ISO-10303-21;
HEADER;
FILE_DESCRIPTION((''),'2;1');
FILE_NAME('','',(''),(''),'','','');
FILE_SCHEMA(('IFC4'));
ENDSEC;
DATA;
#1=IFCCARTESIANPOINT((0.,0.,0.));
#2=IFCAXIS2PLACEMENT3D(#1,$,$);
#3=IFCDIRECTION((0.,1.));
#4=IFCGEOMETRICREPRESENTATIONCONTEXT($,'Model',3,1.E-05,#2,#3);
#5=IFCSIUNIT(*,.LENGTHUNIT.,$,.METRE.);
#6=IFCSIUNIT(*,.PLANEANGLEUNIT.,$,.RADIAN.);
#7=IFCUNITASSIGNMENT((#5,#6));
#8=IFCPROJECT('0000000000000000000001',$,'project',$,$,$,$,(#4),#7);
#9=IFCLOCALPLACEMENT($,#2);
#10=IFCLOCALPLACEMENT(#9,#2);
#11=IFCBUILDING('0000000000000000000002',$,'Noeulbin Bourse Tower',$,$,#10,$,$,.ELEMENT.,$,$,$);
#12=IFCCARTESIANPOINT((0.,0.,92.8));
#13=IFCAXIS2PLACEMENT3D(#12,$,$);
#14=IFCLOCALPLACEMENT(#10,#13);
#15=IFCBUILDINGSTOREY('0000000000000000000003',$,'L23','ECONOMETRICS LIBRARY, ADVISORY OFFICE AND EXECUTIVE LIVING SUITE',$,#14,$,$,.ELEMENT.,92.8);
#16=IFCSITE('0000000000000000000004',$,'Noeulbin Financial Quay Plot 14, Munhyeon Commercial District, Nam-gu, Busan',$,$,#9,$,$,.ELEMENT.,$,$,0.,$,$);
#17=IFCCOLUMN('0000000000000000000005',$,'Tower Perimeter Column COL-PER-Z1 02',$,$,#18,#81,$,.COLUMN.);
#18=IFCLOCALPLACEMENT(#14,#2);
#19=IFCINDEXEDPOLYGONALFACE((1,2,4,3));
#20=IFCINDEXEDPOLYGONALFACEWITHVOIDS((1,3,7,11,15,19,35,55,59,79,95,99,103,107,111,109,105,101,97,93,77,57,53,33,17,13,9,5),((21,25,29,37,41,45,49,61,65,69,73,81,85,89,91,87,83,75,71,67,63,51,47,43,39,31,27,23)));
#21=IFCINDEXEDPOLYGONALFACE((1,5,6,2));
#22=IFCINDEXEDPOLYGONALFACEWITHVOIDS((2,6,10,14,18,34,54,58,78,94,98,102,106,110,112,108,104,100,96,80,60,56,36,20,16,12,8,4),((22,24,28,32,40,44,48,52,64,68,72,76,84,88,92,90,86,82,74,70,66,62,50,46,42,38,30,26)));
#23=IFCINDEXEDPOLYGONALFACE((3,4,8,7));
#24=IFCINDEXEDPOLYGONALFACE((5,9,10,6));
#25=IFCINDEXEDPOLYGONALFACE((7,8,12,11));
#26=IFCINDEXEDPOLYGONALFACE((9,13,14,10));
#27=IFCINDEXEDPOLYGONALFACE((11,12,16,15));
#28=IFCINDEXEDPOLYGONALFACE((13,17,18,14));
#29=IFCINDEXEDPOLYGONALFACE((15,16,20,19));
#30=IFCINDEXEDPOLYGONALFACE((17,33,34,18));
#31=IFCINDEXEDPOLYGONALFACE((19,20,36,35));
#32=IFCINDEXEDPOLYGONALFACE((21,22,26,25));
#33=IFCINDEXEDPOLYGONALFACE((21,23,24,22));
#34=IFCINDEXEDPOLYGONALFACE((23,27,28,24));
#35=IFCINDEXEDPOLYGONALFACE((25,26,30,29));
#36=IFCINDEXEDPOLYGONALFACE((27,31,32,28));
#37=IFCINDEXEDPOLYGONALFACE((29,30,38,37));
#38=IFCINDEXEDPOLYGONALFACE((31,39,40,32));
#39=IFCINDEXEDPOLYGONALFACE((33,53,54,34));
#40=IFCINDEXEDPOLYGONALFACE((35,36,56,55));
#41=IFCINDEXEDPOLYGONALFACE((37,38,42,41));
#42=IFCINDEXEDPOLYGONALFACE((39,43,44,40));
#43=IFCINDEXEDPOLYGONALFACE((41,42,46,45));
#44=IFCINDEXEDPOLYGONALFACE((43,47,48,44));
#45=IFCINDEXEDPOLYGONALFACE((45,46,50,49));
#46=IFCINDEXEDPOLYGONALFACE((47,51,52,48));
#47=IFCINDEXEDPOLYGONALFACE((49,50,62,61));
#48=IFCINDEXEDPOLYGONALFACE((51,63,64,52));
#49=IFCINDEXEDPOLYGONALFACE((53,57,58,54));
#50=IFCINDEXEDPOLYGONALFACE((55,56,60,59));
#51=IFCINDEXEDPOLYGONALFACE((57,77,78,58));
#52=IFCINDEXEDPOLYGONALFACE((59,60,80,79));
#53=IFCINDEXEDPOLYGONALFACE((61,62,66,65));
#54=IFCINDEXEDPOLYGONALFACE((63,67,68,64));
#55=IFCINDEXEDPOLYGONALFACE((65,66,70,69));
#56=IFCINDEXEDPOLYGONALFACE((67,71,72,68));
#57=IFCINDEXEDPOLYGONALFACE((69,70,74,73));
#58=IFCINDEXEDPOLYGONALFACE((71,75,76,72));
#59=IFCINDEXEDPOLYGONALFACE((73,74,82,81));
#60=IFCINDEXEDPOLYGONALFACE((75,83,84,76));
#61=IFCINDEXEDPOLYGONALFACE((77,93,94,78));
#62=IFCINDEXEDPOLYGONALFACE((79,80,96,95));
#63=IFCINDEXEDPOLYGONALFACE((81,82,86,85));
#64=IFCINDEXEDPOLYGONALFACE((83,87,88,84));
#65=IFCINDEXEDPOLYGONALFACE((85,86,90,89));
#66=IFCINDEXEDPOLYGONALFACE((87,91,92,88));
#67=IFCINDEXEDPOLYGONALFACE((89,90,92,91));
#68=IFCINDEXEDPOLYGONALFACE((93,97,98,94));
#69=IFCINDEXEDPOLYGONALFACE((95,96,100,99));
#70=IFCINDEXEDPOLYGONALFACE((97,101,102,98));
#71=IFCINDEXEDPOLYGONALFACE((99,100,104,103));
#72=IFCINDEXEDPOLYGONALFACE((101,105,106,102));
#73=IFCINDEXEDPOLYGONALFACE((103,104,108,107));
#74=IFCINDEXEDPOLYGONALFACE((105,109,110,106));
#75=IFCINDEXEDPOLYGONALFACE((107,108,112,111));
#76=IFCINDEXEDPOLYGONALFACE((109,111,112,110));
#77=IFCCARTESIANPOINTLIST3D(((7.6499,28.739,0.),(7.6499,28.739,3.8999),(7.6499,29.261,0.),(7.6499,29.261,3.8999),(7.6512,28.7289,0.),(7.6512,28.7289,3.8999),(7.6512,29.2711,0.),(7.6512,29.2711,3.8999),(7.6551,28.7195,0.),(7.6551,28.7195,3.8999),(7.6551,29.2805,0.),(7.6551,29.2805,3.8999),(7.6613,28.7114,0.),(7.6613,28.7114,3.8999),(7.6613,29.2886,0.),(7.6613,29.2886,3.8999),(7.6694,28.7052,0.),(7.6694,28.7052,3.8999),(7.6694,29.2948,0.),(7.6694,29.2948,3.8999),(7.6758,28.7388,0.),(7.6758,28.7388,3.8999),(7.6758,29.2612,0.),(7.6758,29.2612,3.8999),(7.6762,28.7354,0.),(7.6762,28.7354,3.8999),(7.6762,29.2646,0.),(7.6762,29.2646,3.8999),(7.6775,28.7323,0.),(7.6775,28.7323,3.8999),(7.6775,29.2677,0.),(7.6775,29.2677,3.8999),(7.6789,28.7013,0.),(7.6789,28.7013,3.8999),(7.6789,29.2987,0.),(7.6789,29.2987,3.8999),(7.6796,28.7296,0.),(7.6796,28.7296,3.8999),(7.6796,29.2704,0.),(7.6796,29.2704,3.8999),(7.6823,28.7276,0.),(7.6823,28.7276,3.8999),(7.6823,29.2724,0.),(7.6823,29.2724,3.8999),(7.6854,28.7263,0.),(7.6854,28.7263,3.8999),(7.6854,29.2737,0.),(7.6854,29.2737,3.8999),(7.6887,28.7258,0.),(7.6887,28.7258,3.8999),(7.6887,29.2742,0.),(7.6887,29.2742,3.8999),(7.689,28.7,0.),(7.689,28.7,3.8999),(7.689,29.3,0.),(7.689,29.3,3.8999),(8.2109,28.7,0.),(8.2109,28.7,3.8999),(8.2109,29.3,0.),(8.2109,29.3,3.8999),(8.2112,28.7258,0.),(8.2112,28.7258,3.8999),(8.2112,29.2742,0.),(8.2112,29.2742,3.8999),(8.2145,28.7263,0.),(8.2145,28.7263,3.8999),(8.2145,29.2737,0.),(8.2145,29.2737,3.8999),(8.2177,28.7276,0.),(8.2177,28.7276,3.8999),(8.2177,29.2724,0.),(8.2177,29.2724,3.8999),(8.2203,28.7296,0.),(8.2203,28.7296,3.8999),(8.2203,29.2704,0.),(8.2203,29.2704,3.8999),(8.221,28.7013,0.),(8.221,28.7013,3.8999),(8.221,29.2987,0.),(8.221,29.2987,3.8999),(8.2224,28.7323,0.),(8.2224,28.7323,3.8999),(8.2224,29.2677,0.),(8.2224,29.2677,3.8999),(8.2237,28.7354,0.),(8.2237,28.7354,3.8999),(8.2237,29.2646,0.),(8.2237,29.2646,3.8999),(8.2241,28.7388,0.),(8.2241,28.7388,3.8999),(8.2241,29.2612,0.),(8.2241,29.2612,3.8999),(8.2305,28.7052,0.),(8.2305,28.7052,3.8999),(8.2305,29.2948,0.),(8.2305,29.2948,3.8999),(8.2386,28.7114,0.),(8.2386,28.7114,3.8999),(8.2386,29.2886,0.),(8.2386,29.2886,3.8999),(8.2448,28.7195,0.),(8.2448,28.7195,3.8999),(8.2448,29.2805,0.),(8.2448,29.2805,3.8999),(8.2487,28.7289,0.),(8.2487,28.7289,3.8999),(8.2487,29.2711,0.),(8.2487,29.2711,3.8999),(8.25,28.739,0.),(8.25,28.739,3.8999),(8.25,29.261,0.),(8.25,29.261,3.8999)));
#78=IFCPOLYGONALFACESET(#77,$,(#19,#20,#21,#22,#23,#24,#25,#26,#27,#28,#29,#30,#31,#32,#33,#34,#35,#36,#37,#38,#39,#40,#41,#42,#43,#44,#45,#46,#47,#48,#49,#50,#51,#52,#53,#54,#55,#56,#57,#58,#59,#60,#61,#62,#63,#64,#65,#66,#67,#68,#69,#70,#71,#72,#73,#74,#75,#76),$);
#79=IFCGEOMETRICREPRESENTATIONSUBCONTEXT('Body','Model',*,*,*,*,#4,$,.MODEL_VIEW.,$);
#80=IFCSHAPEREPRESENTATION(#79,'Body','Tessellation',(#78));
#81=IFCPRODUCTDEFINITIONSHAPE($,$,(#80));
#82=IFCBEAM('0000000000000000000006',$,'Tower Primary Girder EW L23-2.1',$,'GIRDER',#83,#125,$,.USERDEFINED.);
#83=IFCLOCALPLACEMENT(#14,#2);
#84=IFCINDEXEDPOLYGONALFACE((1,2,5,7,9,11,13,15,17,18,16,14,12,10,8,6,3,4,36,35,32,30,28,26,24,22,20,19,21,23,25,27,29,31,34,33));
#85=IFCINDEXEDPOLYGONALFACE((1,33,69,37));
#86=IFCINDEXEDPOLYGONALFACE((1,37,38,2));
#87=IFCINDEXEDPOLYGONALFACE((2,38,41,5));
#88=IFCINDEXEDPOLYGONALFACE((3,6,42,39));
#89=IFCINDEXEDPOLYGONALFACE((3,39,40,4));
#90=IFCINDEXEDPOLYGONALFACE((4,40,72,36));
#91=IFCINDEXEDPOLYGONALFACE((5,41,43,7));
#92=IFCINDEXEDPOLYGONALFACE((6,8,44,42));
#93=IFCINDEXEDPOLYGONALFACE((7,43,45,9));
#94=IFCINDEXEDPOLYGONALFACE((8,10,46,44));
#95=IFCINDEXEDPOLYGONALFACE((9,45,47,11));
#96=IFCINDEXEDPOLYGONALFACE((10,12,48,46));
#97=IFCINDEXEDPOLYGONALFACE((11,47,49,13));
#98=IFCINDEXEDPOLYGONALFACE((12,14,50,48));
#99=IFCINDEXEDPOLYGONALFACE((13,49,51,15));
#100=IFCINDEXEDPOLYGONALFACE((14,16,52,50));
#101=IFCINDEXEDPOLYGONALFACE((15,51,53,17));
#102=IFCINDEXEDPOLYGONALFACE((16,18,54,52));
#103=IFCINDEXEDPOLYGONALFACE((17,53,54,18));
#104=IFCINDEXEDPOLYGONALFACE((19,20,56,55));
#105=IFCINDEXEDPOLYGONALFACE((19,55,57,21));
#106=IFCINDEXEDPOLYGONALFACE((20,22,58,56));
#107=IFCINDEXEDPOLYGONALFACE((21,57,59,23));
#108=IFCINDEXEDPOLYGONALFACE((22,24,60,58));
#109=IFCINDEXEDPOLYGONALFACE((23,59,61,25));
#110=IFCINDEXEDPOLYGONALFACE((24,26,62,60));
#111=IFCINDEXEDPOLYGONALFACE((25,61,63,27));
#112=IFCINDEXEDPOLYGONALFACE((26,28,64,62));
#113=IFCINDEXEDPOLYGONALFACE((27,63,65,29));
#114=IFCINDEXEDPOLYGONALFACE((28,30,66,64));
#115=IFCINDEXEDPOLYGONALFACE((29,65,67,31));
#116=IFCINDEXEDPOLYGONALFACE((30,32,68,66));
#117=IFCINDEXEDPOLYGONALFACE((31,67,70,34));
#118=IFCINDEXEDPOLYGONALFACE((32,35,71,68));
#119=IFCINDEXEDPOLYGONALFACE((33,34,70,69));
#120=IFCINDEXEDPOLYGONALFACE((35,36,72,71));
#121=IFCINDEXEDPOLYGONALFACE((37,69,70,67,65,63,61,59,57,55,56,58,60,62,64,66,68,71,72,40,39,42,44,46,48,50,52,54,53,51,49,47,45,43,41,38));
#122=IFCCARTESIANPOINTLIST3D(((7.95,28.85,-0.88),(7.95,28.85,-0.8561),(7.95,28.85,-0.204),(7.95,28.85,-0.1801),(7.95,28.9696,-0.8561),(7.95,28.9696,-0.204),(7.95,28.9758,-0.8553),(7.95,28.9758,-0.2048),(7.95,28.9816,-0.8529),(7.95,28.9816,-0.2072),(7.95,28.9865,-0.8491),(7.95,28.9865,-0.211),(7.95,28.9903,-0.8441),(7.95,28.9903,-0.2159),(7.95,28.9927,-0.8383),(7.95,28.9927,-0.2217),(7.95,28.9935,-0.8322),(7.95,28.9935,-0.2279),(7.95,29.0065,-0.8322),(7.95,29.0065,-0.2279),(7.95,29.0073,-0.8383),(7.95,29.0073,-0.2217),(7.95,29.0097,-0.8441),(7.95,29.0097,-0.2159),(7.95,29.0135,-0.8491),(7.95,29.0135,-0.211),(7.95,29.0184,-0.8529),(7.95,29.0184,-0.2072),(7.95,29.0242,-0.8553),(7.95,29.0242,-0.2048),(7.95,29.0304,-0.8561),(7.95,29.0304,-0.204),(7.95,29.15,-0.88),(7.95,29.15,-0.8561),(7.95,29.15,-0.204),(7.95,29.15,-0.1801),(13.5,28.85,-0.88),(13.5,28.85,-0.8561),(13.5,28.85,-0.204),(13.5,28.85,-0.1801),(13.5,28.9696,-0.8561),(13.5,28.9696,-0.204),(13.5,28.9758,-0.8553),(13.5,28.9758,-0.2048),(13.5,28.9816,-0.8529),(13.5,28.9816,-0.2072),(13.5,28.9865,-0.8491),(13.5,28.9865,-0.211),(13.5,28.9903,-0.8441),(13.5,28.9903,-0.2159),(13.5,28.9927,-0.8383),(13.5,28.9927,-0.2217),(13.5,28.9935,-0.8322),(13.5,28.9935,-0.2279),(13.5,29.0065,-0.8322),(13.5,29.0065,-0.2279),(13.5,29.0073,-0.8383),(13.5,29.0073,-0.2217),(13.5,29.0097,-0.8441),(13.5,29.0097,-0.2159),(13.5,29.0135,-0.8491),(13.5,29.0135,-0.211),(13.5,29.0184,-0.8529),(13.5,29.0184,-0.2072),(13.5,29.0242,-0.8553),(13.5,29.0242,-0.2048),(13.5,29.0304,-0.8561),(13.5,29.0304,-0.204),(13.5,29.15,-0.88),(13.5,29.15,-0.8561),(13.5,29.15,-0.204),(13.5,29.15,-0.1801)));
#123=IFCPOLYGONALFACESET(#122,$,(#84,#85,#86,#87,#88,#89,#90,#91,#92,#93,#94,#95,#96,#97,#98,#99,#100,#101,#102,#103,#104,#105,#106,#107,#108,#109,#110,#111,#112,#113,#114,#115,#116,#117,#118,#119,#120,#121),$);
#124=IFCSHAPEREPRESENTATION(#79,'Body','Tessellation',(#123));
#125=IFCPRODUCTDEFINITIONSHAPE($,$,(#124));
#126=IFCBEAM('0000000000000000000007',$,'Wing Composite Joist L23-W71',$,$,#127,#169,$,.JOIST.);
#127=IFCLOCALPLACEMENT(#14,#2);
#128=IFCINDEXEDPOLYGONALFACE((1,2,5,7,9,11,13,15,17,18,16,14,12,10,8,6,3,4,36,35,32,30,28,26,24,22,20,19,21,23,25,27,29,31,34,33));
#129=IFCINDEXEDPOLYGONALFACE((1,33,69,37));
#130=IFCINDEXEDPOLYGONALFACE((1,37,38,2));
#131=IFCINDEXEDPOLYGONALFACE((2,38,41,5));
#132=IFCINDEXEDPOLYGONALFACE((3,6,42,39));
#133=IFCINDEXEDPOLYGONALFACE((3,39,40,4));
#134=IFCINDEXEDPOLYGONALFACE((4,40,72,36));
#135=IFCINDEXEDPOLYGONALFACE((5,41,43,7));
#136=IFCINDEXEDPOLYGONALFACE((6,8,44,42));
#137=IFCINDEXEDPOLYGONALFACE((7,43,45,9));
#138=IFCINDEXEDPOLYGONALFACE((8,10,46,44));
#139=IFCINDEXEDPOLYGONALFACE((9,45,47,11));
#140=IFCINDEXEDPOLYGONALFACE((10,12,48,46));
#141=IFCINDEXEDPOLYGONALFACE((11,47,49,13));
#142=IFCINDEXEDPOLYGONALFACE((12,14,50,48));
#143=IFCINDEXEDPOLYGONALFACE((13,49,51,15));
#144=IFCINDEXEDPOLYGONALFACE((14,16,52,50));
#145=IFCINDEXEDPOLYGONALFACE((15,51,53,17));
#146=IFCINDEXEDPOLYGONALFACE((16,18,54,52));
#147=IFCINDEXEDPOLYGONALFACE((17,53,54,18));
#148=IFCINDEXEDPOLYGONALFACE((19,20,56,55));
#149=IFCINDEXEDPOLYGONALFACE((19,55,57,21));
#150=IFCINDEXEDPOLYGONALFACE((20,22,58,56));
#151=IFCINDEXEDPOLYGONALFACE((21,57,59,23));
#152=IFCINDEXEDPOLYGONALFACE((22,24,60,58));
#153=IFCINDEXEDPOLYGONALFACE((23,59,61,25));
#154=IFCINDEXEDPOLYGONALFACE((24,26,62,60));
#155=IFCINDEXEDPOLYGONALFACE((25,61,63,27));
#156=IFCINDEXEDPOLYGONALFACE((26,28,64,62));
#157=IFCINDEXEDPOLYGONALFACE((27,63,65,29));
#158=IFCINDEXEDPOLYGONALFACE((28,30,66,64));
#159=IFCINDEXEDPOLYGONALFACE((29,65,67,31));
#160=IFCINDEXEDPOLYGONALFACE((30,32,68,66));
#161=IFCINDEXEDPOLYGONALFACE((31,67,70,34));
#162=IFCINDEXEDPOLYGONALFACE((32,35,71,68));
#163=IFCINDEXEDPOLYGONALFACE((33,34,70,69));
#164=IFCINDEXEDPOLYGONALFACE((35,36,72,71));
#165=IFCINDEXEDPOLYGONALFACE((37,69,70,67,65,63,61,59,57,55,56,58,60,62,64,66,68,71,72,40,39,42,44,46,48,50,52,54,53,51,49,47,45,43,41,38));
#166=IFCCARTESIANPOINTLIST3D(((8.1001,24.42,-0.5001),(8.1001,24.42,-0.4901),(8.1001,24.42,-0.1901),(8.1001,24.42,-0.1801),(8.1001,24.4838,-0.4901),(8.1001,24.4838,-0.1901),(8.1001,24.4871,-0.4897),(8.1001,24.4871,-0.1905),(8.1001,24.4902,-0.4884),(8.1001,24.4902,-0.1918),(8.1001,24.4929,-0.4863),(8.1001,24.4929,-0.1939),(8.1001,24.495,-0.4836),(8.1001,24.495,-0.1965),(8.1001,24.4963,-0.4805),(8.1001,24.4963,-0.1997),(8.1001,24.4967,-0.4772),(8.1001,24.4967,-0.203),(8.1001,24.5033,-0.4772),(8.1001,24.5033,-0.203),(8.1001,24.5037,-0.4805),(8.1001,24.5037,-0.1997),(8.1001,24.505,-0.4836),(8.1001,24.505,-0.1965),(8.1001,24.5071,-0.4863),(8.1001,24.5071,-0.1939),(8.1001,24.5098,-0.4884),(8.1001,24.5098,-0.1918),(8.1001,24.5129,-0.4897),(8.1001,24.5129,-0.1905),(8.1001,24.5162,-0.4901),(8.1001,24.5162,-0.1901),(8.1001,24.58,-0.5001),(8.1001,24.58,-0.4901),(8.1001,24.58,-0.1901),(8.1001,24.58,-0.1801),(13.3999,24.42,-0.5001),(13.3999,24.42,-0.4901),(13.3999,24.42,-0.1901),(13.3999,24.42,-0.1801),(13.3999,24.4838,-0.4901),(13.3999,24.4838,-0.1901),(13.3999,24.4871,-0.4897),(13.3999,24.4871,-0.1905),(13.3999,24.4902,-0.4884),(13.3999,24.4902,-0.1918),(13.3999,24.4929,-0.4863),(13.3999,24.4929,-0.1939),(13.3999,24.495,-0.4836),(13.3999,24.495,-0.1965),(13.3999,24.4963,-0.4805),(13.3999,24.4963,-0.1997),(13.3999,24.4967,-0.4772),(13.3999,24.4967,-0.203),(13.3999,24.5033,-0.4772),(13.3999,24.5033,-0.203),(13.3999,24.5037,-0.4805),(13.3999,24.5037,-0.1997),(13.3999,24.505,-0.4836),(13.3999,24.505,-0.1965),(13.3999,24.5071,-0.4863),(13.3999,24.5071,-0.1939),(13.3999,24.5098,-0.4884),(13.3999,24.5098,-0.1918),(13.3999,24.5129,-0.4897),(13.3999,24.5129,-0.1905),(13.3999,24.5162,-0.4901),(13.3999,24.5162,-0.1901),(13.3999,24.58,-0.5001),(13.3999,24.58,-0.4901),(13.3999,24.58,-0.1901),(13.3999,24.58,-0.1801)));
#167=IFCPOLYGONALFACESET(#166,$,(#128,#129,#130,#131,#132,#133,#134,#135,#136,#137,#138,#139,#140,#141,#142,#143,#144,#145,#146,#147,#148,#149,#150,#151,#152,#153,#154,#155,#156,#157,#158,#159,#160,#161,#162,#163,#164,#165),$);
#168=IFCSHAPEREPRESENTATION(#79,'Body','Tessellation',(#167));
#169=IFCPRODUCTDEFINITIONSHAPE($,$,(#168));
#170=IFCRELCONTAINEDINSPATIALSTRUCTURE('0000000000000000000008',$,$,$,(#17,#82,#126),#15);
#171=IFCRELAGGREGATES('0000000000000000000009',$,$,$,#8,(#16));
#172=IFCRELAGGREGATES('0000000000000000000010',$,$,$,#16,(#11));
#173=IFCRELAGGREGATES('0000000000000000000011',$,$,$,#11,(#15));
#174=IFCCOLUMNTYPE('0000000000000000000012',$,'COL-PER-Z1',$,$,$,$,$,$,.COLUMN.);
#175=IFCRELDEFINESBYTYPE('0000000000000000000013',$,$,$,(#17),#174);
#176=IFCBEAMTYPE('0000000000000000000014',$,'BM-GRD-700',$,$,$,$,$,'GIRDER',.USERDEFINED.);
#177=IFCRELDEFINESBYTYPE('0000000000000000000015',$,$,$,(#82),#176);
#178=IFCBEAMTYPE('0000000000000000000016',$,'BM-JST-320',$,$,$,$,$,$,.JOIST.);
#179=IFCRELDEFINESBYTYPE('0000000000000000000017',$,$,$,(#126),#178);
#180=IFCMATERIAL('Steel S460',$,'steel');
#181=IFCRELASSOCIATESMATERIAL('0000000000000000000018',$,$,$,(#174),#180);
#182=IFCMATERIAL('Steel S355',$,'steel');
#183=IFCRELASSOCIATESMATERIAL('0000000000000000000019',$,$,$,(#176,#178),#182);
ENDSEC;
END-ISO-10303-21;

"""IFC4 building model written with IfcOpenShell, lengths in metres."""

from ifc_helpers import new_model, si_unit, direction, frame, origin, origin_2d, place, context, subcontext, project, spatial, hollow_rectangle, i_section, extrude, material, material_profile, profile_set, type_object, element, save


model = new_model("IFC4")

# Units and contexts
model_context = context("Model", 3, precision=1e-05, world=origin(), true_north=direction((0.0, 1.0)))
body_context = subcontext(model_context, "Body", "Model", "MODEL_VIEW")
ifc_project = project(units=[si_unit("LENGTHUNIT", "METRE"), si_unit("PLANEANGLEUNIT", "RADIAN")], contexts=[model_context])

# Site, building, storey
site_placement = place(None, origin())
site = spatial("IfcSite", under=ifc_project, at=site_placement, Name="Noeulbin Financial Quay Plot 14, Munhyeon Commercial District, Nam-gu, Busan", CompositionType="ELEMENT", RefElevation=0.0)
building_placement = place(site_placement, origin())
building = spatial("IfcBuilding", under=site, at=building_placement, Name="Noeulbin Bourse Tower", CompositionType="ELEMENT")
storey_placement = place(building_placement, frame((0.0, 0.0, 92.8)))
storey = spatial("IfcBuildingStorey", under=building, at=storey_placement, Name="L23", Description="ECONOMETRICS LIBRARY, ADVISORY OFFICE AND EXECUTIVE LIVING SUITE", CompositionType="ELEMENT", Elevation=92.8)

# Column
ifc_material_1 = material(Name="Steel S460", Category="steel")
ifc_material_profile_1 = material_profile(ifc_material_1, hollow_rectangle(XDim=0.6001, YDim=0.6001, WallThickness=0.0259, InnerFilletRadius=0.0129, OuterFilletRadius=0.0391, at=origin_2d()), Name="BOX-600x600x26", Category="LoadBearing")
ifc_profile_set_1 = profile_set([ifc_material_profile_1], Name="Steel S460")
column_type = type_object("IfcColumnType", Name="COL-PER-Z1", PredefinedType="COLUMN", material=ifc_profile_set_1)
column_placement = place(storey_placement, frame((7.95, 29.0, 0.0), z_axis=(0.0, 0.0, 1.0), x_axis=(1.0, 0.0, 0.0)))
element("IfcColumn", 1, at=column_placement, inside=storey, type_object=column_type, Name="Tower Perimeter Column COL-PER-Z1 02", PredefinedType="COLUMN", context=body_context, shape_type="SweptSolid", body=[
    extrude(hollow_rectangle(XDim=0.6001, YDim=0.6001, WallThickness=0.0259, InnerFilletRadius=0.0129, OuterFilletRadius=0.0391, at=origin_2d()), origin(), (0.0, 0.0, 1.0), 3.8999),
])

# Beams
ifc_material_2 = material(Name="Steel S355", Category="steel")
ifc_material_profile_2 = material_profile(ifc_material_2, i_section(OverallWidth=0.3, OverallDepth=0.7, WebThickness=0.0129, FlangeThickness=0.0239, FilletRadius=0.0239, at=origin_2d()), Name="H-700x300x13x24", Category="LoadBearing")
ifc_profile_set_2 = profile_set([ifc_material_profile_2], Name="Steel S355")
beam_type_1 = type_object("IfcBeamType", Name="BM-GRD-700", ElementType="GIRDER", PredefinedType="USERDEFINED", material=ifc_profile_set_2)
beam_1_placement = place(storey_placement, frame((7.95, 29.0, -0.53), z_axis=(1.0, 0.0, 0.0), x_axis=(0.0, 1.0, 0.0)))
element("IfcBeam", 2, at=beam_1_placement, inside=storey, type_object=beam_type_1, Name="Tower Primary Girder EW L23-2.1", ObjectType="GIRDER", PredefinedType="USERDEFINED", context=body_context, shape_type="SweptSolid", body=[
    extrude(i_section(OverallWidth=0.3, OverallDepth=0.7, WebThickness=0.0129, FlangeThickness=0.0239, FilletRadius=0.0239, at=origin_2d()), origin(), (0.0, 0.0, 1.0), 5.55),
])
ifc_material_profile_3 = material_profile(ifc_material_2, i_section(OverallWidth=0.1599, OverallDepth=0.3201, WebThickness=0.0066, FlangeThickness=0.01, FilletRadius=0.0129, at=origin_2d()), Name="H-320x160x6.5x10", Category="LoadBearing")
ifc_profile_set_3 = profile_set([ifc_material_profile_3], Name="Steel S355")
beam_type_2 = type_object("IfcBeamType", Name="BM-JST-320", PredefinedType="JOIST", material=ifc_profile_set_3)
for number, where, z_axis, x_axis, name in (
    (3, (8.1001, 24.5, -0.3401), (1.0, 0.0, 0.0), (0.0, 1.0, 0.0), "Wing Composite Joist L23-W71"),
):
    element("IfcBeam", number, at=place(storey_placement, frame(where, z_axis=z_axis, x_axis=x_axis)), inside=storey, type_object=beam_type_2, Name=name, PredefinedType="JOIST", context=body_context, shape_type="SweptSolid", body=[
        extrude(i_section(OverallWidth=0.1599, OverallDepth=0.3201, WebThickness=0.0066, FlangeThickness=0.01, FilletRadius=0.0129, at=origin_2d()), origin(), (0.0, 0.0, 1.0), 5.2998),
    ])

save(model, "model.ifc")
